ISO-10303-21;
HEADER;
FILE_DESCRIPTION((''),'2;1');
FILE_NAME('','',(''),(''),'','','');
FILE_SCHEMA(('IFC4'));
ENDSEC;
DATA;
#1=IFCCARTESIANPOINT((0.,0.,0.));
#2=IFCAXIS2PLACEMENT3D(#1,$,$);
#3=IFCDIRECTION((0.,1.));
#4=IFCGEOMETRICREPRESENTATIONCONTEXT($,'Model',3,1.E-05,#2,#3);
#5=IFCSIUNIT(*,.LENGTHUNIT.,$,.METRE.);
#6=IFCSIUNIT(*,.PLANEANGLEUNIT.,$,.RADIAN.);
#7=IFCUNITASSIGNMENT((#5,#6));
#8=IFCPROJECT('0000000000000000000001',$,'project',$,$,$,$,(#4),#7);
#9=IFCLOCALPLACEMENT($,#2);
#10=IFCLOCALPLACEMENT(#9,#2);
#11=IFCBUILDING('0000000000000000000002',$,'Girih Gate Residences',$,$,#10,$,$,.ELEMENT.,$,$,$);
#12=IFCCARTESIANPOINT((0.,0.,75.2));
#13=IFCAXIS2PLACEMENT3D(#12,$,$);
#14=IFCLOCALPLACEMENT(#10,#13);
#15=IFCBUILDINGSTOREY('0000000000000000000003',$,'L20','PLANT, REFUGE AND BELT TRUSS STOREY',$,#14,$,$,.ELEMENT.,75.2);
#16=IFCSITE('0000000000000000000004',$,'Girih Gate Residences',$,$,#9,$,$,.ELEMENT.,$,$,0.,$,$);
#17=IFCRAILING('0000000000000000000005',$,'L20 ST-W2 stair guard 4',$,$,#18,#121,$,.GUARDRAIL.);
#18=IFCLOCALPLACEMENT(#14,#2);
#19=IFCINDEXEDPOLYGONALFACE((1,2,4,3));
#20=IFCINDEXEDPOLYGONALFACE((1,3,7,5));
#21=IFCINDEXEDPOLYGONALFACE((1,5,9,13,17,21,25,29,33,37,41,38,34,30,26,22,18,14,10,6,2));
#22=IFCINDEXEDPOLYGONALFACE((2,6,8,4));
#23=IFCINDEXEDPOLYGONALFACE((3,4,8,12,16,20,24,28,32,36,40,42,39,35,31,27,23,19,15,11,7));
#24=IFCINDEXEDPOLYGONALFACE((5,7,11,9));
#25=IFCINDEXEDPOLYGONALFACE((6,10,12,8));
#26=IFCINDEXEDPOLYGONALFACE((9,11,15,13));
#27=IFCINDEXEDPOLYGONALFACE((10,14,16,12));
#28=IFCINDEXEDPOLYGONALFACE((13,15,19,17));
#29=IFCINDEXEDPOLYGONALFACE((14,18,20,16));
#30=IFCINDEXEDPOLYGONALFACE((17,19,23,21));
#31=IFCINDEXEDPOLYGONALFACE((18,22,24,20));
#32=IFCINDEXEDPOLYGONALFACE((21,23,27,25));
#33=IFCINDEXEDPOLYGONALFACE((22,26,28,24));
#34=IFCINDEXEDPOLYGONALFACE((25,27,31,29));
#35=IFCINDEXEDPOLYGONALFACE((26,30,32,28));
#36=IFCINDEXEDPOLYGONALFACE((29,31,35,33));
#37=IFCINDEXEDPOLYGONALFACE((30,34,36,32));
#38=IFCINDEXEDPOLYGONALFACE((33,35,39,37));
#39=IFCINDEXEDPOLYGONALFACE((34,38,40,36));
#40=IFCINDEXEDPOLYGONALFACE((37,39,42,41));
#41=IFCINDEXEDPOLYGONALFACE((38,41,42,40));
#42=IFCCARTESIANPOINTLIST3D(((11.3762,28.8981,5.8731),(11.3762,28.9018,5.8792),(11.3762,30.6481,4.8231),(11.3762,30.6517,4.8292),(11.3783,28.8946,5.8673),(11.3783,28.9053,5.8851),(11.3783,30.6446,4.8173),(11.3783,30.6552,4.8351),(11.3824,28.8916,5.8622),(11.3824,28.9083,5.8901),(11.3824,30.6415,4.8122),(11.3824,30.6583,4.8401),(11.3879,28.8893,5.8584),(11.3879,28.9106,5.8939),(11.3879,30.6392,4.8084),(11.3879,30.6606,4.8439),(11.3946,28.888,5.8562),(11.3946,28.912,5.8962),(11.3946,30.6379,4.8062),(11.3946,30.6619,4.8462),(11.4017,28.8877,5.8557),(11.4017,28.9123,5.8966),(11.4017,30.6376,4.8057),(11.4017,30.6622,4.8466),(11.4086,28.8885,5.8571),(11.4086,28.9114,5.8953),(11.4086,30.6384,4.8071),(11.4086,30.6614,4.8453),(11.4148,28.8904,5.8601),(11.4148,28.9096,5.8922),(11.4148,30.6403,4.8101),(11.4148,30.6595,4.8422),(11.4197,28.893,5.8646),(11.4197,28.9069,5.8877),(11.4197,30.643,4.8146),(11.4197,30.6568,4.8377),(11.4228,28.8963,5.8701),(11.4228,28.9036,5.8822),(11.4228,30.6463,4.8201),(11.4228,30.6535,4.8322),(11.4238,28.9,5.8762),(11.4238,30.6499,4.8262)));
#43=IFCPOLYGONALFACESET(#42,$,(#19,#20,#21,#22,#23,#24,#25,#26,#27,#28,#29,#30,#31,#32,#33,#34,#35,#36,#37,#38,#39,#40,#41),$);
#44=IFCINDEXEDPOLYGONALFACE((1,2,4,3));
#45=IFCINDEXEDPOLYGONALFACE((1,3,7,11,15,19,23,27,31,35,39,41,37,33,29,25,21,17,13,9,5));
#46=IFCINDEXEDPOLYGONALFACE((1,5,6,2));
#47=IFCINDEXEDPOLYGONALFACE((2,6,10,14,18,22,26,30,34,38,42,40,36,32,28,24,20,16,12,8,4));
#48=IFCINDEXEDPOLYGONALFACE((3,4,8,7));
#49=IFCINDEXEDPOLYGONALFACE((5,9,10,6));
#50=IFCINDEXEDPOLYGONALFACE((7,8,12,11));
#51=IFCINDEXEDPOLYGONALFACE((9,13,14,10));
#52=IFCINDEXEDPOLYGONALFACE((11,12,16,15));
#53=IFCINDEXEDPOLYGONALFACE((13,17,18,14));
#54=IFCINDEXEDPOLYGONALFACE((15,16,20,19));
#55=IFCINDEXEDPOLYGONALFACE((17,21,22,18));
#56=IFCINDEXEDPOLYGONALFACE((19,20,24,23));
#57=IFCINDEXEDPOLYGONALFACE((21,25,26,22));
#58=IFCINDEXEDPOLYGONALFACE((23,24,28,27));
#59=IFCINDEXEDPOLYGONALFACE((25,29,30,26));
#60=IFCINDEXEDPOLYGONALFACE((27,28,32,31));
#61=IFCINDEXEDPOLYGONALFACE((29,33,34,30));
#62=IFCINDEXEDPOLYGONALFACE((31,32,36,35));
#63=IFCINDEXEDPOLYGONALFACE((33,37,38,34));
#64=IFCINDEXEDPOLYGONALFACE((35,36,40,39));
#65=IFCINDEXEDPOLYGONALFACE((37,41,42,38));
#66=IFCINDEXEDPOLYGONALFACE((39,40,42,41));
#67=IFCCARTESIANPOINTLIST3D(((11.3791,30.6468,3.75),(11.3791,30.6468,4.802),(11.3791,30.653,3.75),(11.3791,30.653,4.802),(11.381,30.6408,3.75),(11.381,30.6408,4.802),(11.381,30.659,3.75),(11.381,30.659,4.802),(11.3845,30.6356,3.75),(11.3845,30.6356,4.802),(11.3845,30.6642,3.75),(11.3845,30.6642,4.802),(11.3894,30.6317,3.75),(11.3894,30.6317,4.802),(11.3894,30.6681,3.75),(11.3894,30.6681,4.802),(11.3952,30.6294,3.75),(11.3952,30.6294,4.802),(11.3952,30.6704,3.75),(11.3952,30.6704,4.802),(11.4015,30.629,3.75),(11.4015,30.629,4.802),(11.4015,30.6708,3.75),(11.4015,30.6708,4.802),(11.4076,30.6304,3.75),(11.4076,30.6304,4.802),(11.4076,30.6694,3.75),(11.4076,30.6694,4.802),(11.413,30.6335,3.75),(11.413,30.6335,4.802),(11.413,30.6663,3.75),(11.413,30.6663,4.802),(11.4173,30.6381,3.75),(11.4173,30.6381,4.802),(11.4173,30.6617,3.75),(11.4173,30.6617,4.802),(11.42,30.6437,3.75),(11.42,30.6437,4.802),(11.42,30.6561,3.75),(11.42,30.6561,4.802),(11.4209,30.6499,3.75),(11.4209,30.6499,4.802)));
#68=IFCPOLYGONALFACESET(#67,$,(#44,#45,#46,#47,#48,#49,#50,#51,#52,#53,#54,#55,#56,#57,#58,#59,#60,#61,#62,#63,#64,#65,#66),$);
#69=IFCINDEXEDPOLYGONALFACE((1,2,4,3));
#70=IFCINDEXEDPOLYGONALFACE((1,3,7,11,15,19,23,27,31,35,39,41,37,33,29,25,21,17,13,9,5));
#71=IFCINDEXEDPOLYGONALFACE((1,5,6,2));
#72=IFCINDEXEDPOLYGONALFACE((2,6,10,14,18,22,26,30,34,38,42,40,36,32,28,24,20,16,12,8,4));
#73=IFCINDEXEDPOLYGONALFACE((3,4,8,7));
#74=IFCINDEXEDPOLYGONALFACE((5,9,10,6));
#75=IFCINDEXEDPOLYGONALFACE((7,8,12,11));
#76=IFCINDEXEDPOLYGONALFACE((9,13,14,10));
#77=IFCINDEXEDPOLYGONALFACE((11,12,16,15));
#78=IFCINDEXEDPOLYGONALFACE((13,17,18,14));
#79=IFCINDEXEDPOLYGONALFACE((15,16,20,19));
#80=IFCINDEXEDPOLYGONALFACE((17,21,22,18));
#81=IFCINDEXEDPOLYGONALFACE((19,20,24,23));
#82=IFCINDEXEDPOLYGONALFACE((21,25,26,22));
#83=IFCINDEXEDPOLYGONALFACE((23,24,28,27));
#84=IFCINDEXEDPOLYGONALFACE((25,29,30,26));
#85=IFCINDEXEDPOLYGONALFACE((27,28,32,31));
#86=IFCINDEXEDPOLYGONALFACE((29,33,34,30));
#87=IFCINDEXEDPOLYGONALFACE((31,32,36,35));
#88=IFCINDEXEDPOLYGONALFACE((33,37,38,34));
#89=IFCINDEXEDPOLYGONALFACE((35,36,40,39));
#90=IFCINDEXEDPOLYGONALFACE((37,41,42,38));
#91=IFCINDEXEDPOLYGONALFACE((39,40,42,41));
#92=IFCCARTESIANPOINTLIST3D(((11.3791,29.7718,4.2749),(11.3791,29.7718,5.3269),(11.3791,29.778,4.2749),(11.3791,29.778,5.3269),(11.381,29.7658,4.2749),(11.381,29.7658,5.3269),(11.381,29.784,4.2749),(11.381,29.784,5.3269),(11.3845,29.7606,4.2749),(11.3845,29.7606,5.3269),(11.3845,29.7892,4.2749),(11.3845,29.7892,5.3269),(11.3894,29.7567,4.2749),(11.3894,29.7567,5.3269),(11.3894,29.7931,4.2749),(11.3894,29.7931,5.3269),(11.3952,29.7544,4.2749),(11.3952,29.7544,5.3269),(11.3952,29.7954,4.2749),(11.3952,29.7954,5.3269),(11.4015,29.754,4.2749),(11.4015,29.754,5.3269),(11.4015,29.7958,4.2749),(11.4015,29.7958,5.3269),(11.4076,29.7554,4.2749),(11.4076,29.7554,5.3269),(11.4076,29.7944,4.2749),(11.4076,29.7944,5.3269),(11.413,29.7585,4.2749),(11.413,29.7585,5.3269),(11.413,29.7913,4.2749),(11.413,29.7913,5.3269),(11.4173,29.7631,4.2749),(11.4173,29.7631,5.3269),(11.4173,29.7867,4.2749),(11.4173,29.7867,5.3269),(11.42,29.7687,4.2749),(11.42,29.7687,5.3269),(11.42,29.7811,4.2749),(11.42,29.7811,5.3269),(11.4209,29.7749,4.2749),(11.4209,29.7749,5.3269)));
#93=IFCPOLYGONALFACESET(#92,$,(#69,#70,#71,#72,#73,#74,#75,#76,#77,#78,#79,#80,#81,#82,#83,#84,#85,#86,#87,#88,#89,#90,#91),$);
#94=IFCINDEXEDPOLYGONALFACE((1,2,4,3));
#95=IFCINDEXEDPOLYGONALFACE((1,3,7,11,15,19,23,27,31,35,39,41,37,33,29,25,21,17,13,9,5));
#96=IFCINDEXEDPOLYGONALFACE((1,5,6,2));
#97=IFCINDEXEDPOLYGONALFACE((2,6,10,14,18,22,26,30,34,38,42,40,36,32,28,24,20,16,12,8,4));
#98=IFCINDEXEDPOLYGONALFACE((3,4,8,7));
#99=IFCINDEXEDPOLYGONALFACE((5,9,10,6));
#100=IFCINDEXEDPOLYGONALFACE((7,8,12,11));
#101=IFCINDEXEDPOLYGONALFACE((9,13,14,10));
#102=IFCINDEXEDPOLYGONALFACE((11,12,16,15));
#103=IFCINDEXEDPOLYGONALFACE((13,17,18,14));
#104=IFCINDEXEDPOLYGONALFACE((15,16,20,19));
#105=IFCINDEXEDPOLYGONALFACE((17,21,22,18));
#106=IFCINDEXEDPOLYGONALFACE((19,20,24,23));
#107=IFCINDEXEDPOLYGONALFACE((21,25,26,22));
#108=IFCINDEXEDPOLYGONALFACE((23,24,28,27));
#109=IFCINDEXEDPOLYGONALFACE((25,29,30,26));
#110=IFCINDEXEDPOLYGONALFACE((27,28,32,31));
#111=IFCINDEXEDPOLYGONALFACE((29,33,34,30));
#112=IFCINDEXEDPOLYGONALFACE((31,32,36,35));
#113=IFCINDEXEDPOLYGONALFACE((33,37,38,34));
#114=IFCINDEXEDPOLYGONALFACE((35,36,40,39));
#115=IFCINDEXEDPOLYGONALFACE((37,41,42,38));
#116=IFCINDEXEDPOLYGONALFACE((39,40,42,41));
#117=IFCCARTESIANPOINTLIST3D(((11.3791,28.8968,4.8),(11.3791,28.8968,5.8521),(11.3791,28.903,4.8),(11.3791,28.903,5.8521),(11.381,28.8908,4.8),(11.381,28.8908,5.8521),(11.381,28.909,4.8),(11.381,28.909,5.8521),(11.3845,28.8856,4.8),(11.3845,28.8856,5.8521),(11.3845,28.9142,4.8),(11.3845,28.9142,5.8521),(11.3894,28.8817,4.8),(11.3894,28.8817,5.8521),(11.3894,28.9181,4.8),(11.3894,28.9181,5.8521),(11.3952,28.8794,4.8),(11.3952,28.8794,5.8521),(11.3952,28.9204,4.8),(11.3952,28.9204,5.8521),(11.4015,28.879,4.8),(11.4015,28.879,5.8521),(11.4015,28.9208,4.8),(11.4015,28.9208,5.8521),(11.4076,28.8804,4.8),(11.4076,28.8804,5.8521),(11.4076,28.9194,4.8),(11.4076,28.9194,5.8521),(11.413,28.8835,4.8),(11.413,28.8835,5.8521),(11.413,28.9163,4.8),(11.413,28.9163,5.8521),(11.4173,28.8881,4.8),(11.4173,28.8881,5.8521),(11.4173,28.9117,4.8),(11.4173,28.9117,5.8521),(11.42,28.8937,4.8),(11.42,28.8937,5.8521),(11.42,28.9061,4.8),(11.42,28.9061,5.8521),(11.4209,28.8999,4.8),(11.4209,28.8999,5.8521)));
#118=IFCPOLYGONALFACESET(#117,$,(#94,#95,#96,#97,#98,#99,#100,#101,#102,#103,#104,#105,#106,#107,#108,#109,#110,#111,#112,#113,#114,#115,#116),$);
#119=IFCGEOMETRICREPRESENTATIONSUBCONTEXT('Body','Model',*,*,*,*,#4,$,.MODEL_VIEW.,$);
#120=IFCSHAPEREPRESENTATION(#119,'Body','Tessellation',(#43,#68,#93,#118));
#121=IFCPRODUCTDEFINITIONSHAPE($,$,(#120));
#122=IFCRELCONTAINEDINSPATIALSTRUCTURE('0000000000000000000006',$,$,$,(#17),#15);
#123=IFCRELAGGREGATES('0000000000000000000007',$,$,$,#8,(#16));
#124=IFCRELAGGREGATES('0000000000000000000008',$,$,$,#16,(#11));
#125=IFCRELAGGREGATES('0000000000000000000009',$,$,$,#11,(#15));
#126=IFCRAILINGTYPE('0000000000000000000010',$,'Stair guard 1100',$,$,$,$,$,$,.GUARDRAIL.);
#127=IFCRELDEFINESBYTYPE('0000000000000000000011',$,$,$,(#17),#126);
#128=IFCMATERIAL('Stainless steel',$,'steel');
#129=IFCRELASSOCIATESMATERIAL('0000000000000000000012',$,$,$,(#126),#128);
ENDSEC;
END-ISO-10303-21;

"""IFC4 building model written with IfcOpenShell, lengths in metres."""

from ifc_helpers import new_model, si_unit, direction, frame, origin, origin_2d, place, context, subcontext, project, spatial, circle, extrude, material, type_object, element, save


model = new_model("IFC4")

# Units and contexts
model_context = context("Model", 3, precision=1e-05, world=origin(), true_north=direction((0.0, 1.0)))
body_context = subcontext(model_context, "Body", "Model", "MODEL_VIEW")
ifc_project = project(units=[si_unit("LENGTHUNIT", "METRE"), si_unit("PLANEANGLEUNIT", "RADIAN")], contexts=[model_context])

# Site, building, storey
site_placement = place(None, origin())
site = spatial("IfcSite", under=ifc_project, at=site_placement, Name="Girih Gate Residences", CompositionType="ELEMENT", RefElevation=0.0)
building_placement = place(site_placement, origin())
building = spatial("IfcBuilding", under=site, at=building_placement, Name="Girih Gate Residences", CompositionType="ELEMENT")
storey_placement = place(building_placement, frame((0.0, 0.0, 75.2)))
storey = spatial("IfcBuildingStorey", under=building, at=storey_placement, Name="L20", Description="PLANT, REFUGE AND BELT TRUSS STOREY", CompositionType="ELEMENT", Elevation=75.2)

# Railing
ifc_material_1 = material(Name="Stainless steel", Category="steel")
railing_type_1 = type_object("IfcRailingType", Name="Stair guard 1100", PredefinedType="GUARDRAIL", material=ifc_material_1)
railing_1_placement = place(storey_placement, frame((11.3999, 30.6499, 3.75)))
element("IfcRailing", 1, at=railing_1_placement, inside=storey, type_object=railing_type_1, Name="L20 ST-W2 stair guard 4", PredefinedType="GUARDRAIL", context=body_context, shape_type="SweptSolid", body=[
    extrude(circle(Radius=0.0239, at=origin_2d()), frame((0.0, 0.0, 1.0762), z_axis=(0.0, -0.857482, 0.514513), x_axis=(1.0, 0.0, 0.0)), (0.0, 0.0, 1.0), 2.0408),
    extrude(circle(Radius=0.021, at=origin_2d()), origin(), (0.0, 0.0, 1.0), 1.052),
    extrude(circle(Radius=0.021, at=origin_2d()), frame((0.0, -0.875, 0.5249)), (0.0, 0.0, 1.0), 1.052),
    extrude(circle(Radius=0.021, at=origin_2d()), frame((0.0, -1.75, 1.05)), (0.0, 0.0, 1.0), 1.052),
])

save(model, "model.ifc")
